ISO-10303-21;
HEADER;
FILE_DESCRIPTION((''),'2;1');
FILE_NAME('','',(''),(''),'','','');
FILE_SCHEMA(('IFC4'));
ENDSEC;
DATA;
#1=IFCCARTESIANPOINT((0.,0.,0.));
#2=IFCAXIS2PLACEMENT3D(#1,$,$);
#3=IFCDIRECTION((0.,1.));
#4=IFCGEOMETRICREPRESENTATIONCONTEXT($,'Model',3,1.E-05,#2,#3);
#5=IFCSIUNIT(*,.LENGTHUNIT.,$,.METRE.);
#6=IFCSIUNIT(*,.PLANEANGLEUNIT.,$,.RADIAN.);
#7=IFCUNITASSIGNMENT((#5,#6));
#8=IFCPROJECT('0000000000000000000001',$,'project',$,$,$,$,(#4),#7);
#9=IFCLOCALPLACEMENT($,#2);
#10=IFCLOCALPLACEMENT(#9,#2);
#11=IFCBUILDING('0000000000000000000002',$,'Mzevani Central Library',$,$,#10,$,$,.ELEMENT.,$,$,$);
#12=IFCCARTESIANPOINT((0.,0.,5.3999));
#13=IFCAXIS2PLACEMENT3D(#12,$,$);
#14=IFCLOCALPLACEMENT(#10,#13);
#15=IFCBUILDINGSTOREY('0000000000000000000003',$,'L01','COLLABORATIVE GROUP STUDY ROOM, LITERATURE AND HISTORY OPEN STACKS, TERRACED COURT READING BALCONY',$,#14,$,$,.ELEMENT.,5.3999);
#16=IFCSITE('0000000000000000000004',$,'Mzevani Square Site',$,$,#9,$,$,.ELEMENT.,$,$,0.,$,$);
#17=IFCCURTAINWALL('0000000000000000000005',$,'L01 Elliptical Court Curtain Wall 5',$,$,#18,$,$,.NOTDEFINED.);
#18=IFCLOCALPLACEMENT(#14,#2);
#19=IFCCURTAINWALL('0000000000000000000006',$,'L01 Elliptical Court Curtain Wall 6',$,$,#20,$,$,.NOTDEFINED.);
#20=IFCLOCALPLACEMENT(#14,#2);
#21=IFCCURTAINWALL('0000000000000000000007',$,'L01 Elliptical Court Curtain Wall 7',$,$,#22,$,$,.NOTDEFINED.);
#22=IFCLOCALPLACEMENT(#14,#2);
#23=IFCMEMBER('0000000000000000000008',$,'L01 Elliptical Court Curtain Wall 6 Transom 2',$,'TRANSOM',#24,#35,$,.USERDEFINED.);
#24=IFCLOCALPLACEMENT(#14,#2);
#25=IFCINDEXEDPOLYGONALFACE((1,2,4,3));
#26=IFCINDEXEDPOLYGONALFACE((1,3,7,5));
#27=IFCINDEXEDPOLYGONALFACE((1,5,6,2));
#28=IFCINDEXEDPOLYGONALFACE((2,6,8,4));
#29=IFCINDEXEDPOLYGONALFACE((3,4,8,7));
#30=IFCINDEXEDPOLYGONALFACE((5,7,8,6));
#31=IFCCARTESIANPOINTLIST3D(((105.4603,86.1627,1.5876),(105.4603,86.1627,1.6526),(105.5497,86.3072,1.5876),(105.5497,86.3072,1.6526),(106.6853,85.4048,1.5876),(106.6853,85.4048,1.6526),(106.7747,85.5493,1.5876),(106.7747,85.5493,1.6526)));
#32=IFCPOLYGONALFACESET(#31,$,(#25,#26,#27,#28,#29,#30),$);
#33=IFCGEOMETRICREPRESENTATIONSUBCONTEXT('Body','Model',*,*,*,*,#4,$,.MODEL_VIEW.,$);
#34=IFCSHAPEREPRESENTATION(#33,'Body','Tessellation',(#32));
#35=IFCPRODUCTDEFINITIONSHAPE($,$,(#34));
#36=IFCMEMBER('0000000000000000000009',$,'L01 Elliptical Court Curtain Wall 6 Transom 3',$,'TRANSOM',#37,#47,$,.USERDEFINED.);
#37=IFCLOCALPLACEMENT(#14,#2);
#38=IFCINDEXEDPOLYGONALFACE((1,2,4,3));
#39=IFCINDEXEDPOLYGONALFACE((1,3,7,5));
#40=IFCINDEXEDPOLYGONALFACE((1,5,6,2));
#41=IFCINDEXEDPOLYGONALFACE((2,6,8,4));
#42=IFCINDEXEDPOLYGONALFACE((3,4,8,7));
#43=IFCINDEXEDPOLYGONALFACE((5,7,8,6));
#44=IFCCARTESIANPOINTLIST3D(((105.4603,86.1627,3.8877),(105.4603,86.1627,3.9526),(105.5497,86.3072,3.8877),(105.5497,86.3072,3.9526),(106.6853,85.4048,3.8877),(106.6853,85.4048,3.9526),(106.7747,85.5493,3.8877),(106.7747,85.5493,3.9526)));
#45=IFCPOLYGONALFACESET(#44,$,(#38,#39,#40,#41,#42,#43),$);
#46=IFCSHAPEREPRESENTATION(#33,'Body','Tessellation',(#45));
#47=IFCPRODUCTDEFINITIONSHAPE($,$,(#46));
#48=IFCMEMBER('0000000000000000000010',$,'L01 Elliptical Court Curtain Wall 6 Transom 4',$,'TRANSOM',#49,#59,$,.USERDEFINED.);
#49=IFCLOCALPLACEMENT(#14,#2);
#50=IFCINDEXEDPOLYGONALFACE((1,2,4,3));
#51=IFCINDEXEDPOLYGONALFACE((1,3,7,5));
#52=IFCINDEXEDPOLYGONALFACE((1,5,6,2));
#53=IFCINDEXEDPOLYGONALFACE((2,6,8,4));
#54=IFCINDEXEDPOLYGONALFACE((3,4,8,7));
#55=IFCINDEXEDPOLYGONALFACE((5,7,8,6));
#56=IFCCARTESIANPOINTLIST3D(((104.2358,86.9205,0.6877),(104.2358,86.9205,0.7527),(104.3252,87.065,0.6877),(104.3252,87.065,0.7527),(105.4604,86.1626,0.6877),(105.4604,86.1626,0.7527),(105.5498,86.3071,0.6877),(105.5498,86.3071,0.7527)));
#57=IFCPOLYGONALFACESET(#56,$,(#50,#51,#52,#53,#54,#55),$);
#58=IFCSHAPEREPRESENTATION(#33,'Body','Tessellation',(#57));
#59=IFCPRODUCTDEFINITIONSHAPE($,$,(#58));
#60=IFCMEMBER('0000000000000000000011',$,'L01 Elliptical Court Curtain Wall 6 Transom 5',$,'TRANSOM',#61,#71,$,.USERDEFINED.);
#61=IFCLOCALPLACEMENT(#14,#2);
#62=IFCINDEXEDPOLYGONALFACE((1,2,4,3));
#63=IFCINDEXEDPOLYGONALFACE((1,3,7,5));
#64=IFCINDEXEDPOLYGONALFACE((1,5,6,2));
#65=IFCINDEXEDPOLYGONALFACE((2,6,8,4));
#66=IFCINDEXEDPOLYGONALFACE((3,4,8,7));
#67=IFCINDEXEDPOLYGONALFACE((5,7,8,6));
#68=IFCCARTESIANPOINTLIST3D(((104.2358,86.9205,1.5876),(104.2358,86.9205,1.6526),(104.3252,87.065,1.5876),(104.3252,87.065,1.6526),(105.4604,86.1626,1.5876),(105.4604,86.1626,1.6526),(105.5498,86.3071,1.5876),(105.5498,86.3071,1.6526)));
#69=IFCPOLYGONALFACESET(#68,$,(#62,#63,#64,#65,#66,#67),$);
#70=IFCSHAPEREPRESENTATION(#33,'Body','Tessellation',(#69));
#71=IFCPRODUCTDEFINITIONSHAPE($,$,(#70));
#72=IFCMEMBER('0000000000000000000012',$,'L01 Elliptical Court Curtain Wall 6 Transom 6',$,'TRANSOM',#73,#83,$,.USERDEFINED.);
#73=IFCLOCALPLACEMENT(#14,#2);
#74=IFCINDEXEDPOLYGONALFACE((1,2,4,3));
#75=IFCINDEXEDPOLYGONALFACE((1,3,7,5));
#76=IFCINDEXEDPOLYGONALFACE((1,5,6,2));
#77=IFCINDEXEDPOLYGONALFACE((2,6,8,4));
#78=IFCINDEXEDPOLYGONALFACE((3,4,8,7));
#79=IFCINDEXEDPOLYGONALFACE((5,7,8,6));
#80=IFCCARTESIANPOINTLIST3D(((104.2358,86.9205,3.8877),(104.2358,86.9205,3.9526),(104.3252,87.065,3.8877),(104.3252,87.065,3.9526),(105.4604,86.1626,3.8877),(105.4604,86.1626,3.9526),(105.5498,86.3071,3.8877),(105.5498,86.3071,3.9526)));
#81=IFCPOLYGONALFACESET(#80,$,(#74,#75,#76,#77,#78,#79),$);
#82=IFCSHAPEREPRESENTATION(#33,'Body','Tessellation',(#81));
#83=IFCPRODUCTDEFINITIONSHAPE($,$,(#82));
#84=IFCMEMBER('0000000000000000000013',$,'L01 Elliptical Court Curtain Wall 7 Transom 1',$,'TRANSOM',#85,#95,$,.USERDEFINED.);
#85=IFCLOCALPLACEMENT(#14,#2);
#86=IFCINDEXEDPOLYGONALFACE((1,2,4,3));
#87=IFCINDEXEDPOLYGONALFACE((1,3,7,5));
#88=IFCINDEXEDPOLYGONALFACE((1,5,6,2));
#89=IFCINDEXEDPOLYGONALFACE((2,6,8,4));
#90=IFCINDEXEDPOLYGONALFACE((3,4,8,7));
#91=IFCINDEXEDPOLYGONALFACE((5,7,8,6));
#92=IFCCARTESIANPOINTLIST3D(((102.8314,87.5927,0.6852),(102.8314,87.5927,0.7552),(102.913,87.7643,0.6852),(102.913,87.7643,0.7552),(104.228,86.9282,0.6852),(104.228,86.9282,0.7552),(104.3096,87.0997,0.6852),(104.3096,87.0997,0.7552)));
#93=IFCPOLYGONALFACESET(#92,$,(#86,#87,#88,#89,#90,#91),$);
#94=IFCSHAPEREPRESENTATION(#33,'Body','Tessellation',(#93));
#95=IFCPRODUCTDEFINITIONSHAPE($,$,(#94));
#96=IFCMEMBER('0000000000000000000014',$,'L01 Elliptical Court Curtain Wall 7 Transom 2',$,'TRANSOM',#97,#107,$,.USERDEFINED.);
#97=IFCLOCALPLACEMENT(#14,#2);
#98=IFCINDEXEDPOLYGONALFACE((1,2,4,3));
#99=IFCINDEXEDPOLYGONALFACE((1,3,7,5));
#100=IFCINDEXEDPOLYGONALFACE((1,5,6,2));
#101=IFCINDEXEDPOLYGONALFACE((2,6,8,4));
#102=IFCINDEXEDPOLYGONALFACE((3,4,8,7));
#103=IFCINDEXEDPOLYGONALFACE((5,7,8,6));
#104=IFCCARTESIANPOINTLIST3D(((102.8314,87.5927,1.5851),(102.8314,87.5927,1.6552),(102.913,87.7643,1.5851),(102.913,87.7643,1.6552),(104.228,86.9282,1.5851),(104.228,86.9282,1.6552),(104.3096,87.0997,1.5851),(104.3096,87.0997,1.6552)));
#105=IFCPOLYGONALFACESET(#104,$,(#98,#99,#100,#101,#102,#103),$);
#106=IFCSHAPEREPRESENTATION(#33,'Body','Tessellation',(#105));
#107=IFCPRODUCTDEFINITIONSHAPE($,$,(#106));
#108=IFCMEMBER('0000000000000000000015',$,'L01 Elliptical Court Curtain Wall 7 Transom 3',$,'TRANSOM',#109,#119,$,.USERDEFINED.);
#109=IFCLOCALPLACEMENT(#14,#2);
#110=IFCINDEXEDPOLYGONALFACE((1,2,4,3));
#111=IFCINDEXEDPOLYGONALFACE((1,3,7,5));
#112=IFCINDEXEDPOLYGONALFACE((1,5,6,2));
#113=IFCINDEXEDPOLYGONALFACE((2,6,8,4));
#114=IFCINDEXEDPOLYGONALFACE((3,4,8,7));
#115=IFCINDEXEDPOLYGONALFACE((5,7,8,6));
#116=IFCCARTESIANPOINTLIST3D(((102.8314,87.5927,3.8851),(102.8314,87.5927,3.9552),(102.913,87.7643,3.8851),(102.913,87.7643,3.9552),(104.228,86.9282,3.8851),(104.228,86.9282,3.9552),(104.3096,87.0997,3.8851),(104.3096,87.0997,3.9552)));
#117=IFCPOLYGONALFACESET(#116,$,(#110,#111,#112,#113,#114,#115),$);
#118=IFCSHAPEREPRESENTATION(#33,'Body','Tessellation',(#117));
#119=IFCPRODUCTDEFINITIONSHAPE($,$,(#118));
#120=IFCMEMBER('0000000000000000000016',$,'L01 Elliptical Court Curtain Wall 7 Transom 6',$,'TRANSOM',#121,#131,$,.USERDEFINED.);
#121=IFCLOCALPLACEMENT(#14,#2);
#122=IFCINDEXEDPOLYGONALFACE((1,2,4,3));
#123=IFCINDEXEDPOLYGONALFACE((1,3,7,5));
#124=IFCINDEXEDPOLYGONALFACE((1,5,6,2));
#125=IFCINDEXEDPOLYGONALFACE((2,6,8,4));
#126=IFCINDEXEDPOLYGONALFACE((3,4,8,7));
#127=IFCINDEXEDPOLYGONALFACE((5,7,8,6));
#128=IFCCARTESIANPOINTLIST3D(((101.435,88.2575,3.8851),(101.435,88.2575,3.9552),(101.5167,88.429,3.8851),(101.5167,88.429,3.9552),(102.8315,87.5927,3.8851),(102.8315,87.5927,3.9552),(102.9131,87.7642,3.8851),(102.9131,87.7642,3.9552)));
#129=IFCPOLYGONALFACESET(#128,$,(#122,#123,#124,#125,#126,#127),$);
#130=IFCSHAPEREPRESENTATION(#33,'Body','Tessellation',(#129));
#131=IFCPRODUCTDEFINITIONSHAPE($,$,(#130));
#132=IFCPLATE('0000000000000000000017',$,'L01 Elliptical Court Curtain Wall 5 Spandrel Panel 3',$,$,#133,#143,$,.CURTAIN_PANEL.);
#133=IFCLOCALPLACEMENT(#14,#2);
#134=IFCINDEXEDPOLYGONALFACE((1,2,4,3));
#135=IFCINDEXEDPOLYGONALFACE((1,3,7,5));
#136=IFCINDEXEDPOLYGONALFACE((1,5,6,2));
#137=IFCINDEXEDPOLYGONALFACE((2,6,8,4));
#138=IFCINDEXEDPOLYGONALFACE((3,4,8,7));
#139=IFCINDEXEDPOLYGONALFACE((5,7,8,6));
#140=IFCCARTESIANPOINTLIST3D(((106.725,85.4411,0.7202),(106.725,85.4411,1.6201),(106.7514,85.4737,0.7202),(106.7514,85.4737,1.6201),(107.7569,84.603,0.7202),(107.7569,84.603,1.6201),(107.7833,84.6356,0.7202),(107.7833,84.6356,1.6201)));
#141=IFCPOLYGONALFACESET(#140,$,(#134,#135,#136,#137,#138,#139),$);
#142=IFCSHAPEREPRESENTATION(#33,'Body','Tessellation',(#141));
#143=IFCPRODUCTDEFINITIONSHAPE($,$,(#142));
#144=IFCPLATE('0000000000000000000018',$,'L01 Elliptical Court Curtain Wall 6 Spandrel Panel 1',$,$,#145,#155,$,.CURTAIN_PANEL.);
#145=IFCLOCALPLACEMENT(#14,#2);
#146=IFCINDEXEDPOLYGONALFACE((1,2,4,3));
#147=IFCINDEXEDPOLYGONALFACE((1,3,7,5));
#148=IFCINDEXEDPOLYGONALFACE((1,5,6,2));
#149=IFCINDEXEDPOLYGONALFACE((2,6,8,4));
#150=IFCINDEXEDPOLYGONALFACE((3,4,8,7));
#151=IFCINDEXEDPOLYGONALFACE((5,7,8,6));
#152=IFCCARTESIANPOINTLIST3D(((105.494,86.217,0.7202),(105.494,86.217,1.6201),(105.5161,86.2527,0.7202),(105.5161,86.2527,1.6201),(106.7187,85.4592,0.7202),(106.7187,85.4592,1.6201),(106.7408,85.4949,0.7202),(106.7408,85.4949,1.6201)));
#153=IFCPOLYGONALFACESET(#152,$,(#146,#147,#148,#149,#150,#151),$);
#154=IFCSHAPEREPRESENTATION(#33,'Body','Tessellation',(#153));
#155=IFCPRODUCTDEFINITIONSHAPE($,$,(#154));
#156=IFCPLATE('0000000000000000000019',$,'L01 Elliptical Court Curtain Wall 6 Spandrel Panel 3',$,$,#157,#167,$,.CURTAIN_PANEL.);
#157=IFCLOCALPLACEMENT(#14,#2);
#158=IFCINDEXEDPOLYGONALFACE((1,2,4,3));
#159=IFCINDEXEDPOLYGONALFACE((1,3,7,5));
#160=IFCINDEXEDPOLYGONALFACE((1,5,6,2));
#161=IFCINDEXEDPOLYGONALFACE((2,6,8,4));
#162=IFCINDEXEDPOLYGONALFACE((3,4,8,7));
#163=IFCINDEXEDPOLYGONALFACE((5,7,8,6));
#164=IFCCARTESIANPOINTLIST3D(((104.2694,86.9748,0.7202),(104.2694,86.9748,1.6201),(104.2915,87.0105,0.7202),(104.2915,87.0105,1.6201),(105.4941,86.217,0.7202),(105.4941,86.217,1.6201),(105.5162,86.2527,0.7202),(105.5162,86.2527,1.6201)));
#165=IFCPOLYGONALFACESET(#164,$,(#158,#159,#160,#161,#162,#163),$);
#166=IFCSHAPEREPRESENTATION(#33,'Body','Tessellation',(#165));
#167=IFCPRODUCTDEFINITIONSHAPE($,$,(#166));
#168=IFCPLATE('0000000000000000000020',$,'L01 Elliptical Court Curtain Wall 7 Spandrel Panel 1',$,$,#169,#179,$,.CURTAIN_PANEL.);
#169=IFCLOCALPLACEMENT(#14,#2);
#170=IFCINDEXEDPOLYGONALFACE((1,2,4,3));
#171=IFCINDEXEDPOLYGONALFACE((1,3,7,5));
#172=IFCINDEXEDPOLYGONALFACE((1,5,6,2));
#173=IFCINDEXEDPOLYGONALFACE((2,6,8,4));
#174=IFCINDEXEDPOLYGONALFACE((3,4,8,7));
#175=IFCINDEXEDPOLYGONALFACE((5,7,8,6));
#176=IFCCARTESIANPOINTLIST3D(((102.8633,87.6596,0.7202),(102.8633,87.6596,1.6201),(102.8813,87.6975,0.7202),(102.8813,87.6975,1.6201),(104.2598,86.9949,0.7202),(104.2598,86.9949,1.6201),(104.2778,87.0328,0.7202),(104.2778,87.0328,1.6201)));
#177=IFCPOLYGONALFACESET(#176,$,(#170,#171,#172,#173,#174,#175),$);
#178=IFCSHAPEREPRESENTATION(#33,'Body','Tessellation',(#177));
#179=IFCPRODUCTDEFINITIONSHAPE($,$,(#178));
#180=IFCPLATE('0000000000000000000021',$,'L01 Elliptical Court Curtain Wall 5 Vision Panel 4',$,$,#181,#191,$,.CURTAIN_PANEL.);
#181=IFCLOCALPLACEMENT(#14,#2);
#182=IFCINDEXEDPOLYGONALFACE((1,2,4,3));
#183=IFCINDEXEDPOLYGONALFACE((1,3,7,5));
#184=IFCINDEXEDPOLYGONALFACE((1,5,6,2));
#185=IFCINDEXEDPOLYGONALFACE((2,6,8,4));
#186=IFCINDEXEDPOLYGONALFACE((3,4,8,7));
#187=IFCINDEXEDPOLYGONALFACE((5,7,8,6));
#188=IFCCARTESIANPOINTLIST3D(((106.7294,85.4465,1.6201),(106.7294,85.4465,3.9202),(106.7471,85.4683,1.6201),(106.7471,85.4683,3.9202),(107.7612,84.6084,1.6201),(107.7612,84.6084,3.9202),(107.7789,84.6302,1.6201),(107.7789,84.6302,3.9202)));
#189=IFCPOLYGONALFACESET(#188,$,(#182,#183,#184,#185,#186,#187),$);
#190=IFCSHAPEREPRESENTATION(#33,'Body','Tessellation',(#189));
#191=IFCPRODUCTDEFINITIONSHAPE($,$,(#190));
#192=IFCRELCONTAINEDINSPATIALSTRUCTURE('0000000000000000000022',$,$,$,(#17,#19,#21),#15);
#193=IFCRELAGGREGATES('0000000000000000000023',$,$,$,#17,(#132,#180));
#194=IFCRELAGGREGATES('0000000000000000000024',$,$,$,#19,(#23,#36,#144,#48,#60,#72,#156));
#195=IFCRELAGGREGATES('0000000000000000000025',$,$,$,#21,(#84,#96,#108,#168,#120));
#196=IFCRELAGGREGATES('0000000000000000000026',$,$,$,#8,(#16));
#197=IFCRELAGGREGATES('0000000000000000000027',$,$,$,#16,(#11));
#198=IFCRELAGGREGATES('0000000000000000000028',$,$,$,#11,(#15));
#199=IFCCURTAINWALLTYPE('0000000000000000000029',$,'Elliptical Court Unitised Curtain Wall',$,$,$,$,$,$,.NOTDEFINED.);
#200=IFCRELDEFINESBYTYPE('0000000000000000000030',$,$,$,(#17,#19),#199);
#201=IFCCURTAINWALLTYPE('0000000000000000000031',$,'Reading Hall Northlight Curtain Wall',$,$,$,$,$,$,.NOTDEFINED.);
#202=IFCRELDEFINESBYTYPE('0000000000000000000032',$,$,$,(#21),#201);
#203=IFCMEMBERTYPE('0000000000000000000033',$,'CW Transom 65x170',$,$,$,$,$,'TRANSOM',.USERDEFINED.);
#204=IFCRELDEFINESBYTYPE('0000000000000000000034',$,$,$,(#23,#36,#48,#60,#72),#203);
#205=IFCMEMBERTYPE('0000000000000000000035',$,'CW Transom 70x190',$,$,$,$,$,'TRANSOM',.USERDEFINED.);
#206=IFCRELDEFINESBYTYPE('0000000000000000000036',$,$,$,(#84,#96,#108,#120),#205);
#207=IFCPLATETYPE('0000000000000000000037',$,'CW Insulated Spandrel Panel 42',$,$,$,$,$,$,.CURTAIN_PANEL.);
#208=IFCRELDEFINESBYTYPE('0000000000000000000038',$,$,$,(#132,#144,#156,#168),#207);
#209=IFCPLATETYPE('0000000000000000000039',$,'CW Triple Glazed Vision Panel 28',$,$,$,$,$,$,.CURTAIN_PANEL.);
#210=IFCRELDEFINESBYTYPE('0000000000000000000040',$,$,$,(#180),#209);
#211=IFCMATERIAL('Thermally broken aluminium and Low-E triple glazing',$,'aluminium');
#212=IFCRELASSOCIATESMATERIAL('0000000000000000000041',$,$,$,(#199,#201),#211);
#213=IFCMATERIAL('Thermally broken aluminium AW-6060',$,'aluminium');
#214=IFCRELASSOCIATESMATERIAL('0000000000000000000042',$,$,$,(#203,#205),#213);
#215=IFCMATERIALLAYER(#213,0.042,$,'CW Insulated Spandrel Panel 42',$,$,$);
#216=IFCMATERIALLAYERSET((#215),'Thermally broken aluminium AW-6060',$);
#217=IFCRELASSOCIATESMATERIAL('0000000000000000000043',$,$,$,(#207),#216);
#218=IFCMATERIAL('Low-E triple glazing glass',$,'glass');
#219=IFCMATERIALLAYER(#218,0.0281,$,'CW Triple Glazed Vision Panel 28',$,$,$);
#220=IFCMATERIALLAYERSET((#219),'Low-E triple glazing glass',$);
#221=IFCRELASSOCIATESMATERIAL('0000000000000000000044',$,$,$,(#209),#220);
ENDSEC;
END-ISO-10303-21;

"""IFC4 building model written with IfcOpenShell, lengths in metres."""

from ifc_helpers import new_model, si_unit, direction, frame, origin, origin_2d, place, context, subcontext, project, spatial, rectangle, extrude, material, layer, layer_set, material_profile, profile_set, type_object, element, aggregate, save


model = new_model("IFC4")

# Units and contexts
model_context = context("Model", 3, precision=1e-05, world=origin(), true_north=direction((0.0, 1.0)))
body_context = subcontext(model_context, "Body", "Model", "MODEL_VIEW")
ifc_project = project(units=[si_unit("LENGTHUNIT", "METRE"), si_unit("PLANEANGLEUNIT", "RADIAN")], contexts=[model_context])

# Site, building, storey
site_placement = place(None, origin())
site = spatial("IfcSite", under=ifc_project, at=site_placement, Name="Mzevani Square Site", CompositionType="ELEMENT", RefElevation=0.0)
building_placement = place(site_placement, origin())
building = spatial("IfcBuilding", under=site, at=building_placement, Name="Mzevani Central Library", CompositionType="ELEMENT")
storey_placement = place(building_placement, frame((0.0, 0.0, 5.3999)))
storey = spatial("IfcBuildingStorey", under=building, at=storey_placement, Name="L01", Description="COLLABORATIVE GROUP STUDY ROOM, LITERATURE AND HISTORY OPEN STACKS, TERRACED COURT READING BALCONY", CompositionType="ELEMENT", Elevation=5.3999)

# Curtain walls
ifc_material_1 = material(Name="Thermally broken aluminium and Low-E triple glazing", Category="aluminium")
curtain_wall_type_1 = type_object("IfcCurtainWallType", Name="Elliptical Court Unitised Curtain Wall", PredefinedType="NOTDEFINED", material=ifc_material_1)
curtain_wall_1_placement = place(storey_placement, origin())
curtain_wall_1 = element("IfcCurtainWall", 1, at=curtain_wall_1_placement, inside=storey, type_object=curtain_wall_type_1, Name="L01 Elliptical Court Curtain Wall 5", PredefinedType="NOTDEFINED")
ifc_material_2 = material(Name="Thermally broken aluminium AW-6060", Category="aluminium")
curtain_wall_2_placement = place(storey_placement, origin())
curtain_wall_2 = element("IfcCurtainWall", 2, at=curtain_wall_2_placement, inside=storey, type_object=curtain_wall_type_1, Name="L01 Elliptical Court Curtain Wall 6", PredefinedType="NOTDEFINED")

# Curtain wall
curtain_wall_type_2 = type_object("IfcCurtainWallType", Name="Reading Hall Northlight Curtain Wall", PredefinedType="NOTDEFINED", material=ifc_material_1)
curtain_wall_3_placement = place(storey_placement, origin())
curtain_wall_3 = element("IfcCurtainWall", 3, at=curtain_wall_3_placement, inside=storey, type_object=curtain_wall_type_2, Name="L01 Elliptical Court Curtain Wall 7", PredefinedType="NOTDEFINED")

# Members
ifc_material_profile_1 = material_profile(ifc_material_2, rectangle(XDim=0.1699, YDim=0.0649, at=origin_2d()), Name="ALU T65x170")
ifc_profile_set_1 = profile_set([ifc_material_profile_1], Name="Thermally broken aluminium AW-6060")
member_type_1 = type_object("IfcMemberType", Name="CW Transom 65x170", ElementType="TRANSOM", PredefinedType="USERDEFINED", material=ifc_profile_set_1)
member_1_placement = place(storey_placement, frame((106.73, 85.4771, 1.6201), z_axis=(-0.850399, 0.526139, 0.0), x_axis=(-0.526139, -0.850399, 0.0)))
member_1 = element("IfcMember", 4, at=member_1_placement, type_object=member_type_1, Name="L01 Elliptical Court Curtain Wall 6 Transom 2", ObjectType="TRANSOM", PredefinedType="USERDEFINED", context=body_context, shape_type="SweptSolid", body=[
    extrude(rectangle(XDim=0.1699, YDim=0.0649, at=origin_2d()), origin(), (0.0, 0.0, 1.0), 1.4404),
])
member_2_placement = place(storey_placement, frame((106.73, 85.4771, 3.9202), z_axis=(-0.850399, 0.526139, 0.0), x_axis=(-0.526139, -0.850399, 0.0)))
member_2 = element("IfcMember", 5, at=member_2_placement, type_object=member_type_1, Name="L01 Elliptical Court Curtain Wall 6 Transom 3", ObjectType="TRANSOM", PredefinedType="USERDEFINED", context=body_context, shape_type="SweptSolid", body=[
    extrude(rectangle(XDim=0.1699, YDim=0.0649, at=origin_2d()), origin(), (0.0, 0.0, 1.0), 1.4404),
])
member_3_placement = place(storey_placement, frame((105.5051, 86.2349, 0.7202), z_axis=(-0.850352, 0.526215, 0.0), x_axis=(-0.526215, -0.850352, 0.0)))
member_3 = element("IfcMember", 6, at=member_3_placement, type_object=member_type_1, Name="L01 Elliptical Court Curtain Wall 6 Transom 4", ObjectType="TRANSOM", PredefinedType="USERDEFINED", context=body_context, shape_type="SweptSolid", body=[
    extrude(rectangle(XDim=0.1699, YDim=0.0649, at=origin_2d()), origin(), (0.0, 0.0, 1.0), 1.4402),
])
member_4_placement = place(storey_placement, frame((105.5051, 86.2349, 1.6201), z_axis=(-0.850352, 0.526215, 0.0), x_axis=(-0.526215, -0.850352, 0.0)))
member_4 = element("IfcMember", 7, at=member_4_placement, type_object=member_type_1, Name="L01 Elliptical Court Curtain Wall 6 Transom 5", ObjectType="TRANSOM", PredefinedType="USERDEFINED", context=body_context, shape_type="SweptSolid", body=[
    extrude(rectangle(XDim=0.1699, YDim=0.0649, at=origin_2d()), origin(), (0.0, 0.0, 1.0), 1.4402),
])
member_5_placement = place(storey_placement, frame((105.5051, 86.2349, 3.9202), z_axis=(-0.850352, 0.526215, 0.0), x_axis=(-0.526215, -0.850352, 0.0)))
member_5 = element("IfcMember", 8, at=member_5_placement, type_object=member_type_1, Name="L01 Elliptical Court Curtain Wall 6 Transom 6", ObjectType="TRANSOM", PredefinedType="USERDEFINED", context=body_context, shape_type="SweptSolid", body=[
    extrude(rectangle(XDim=0.1699, YDim=0.0649, at=origin_2d()), origin(), (0.0, 0.0, 1.0), 1.4402),
])
ifc_material_profile_2 = material_profile(ifc_material_2, rectangle(XDim=0.1899, YDim=0.0701, at=origin_2d()), Name="ALU T70x190")
ifc_profile_set_2 = profile_set([ifc_material_profile_2], Name="Thermally broken aluminium AW-6060")
member_type_2 = type_object("IfcMemberType", Name="CW Transom 70x190", ElementType="TRANSOM", PredefinedType="USERDEFINED", material=ifc_profile_set_2)
member_6_placement = place(storey_placement, frame((104.2688, 87.0139, 0.7202), z_axis=(-0.902971, 0.429701, 0.0), x_axis=(-0.429701, -0.902971, 0.0)))
member_6 = element("IfcMember", 9, at=member_6_placement, type_object=member_type_2, Name="L01 Elliptical Court Curtain Wall 7 Transom 1", ObjectType="TRANSOM", PredefinedType="USERDEFINED", context=body_context, shape_type="SweptSolid", body=[
    extrude(rectangle(XDim=0.1899, YDim=0.0701, at=origin_2d()), origin(), (0.0, 0.0, 1.0), 1.5466),
])
member_7_placement = place(storey_placement, frame((104.2688, 87.0139, 1.6201), z_axis=(-0.902971, 0.429701, 0.0), x_axis=(-0.429701, -0.902971, 0.0)))
member_7 = element("IfcMember", 10, at=member_7_placement, type_object=member_type_2, Name="L01 Elliptical Court Curtain Wall 7 Transom 2", ObjectType="TRANSOM", PredefinedType="USERDEFINED", context=body_context, shape_type="SweptSolid", body=[
    extrude(rectangle(XDim=0.1899, YDim=0.0701, at=origin_2d()), origin(), (0.0, 0.0, 1.0), 1.5466),
])
member_8_placement = place(storey_placement, frame((104.2688, 87.0139, 3.9202), z_axis=(-0.902971, 0.429701, 0.0), x_axis=(-0.429701, -0.902971, 0.0)))
member_8 = element("IfcMember", 11, at=member_8_placement, type_object=member_type_2, Name="L01 Elliptical Court Curtain Wall 7 Transom 3", ObjectType="TRANSOM", PredefinedType="USERDEFINED", context=body_context, shape_type="SweptSolid", body=[
    extrude(rectangle(XDim=0.1899, YDim=0.0701, at=origin_2d()), origin(), (0.0, 0.0, 1.0), 1.5466),
])
member_9_placement = place(storey_placement, frame((102.8723, 87.6785, 3.9202), z_axis=(-0.90291, 0.429829, 0.0), x_axis=(-0.429829, -0.90291, 0.0)))
member_9 = element("IfcMember", 12, at=member_9_placement, type_object=member_type_2, Name="L01 Elliptical Court Curtain Wall 7 Transom 6", ObjectType="TRANSOM", PredefinedType="USERDEFINED", context=body_context, shape_type="SweptSolid", body=[
    extrude(rectangle(XDim=0.1899, YDim=0.0701, at=origin_2d()), origin(), (0.0, 0.0, 1.0), 1.5466),
])

# Plates
ifc_layer_1 = layer(ifc_material_2, 0.042, Name="CW Insulated Spandrel Panel 42")
ifc_layer_set_1 = layer_set([ifc_layer_1], Name="Thermally broken aluminium AW-6060")
plate_type_1 = type_object("IfcPlateType", Name="CW Insulated Spandrel Panel 42", PredefinedType="CURTAIN_PANEL", material=ifc_layer_set_1)
plate_1_placement = place(storey_placement, frame((107.2542, 85.0383, 0.7202), z_axis=(0.0, 0.0, 1.0), x_axis=(-0.776231, 0.630448, 0.0)))
plate_1 = element("IfcPlate", 13, at=plate_1_placement, type_object=plate_type_1, Name="L01 Elliptical Court Curtain Wall 5 Spandrel Panel 3", PredefinedType="CURTAIN_PANEL", context=body_context, shape_type="SweptSolid", body=[
    extrude(rectangle(XDim=1.3293, YDim=0.042, at=origin_2d()), origin(), (0.0, 0.0, 1.0), 0.8999),
])
plate_2_placement = place(storey_placement, frame((106.1174, 85.856, 0.7202), z_axis=(0.0, 0.0, 1.0), x_axis=(-0.850358, 0.526205, 0.0)))
plate_2 = element("IfcPlate", 14, at=plate_2_placement, type_object=plate_type_1, Name="L01 Elliptical Court Curtain Wall 6 Spandrel Panel 1", PredefinedType="CURTAIN_PANEL", context=body_context, shape_type="SweptSolid", body=[
    extrude(rectangle(XDim=1.4402, YDim=0.042, at=origin_2d()), origin(), (0.0, 0.0, 1.0), 0.8999),
])
plate_3_placement = place(storey_placement, frame((104.8928, 86.6138, 0.7202), z_axis=(0.0, 0.0, 1.0), x_axis=(-0.850358, 0.526205, 0.0)))
plate_3 = element("IfcPlate", 15, at=plate_3_placement, type_object=plate_type_1, Name="L01 Elliptical Court Curtain Wall 6 Spandrel Panel 3", PredefinedType="CURTAIN_PANEL", context=body_context, shape_type="SweptSolid", body=[
    extrude(rectangle(XDim=1.4402, YDim=0.042, at=origin_2d()), origin(), (0.0, 0.0, 1.0), 0.8999),
])
plate_4_placement = place(storey_placement, frame((103.5706, 87.3462, 0.7202), z_axis=(0.0, 0.0, 1.0), x_axis=(-0.902949, 0.429748, 0.0)))
plate_4 = element("IfcPlate", 16, at=plate_4_placement, type_object=plate_type_1, Name="L01 Elliptical Court Curtain Wall 7 Spandrel Panel 1", PredefinedType="CURTAIN_PANEL", context=body_context, shape_type="SweptSolid", body=[
    extrude(rectangle(XDim=1.5466, YDim=0.042, at=origin_2d()), origin(), (0.0, 0.0, 1.0), 0.8999),
])
ifc_material_3 = material(Name="Low-E triple glazing glass", Category="glass")
ifc_layer_2 = layer(ifc_material_3, 0.0281, Name="CW Triple Glazed Vision Panel 28")
ifc_layer_set_2 = layer_set([ifc_layer_2], Name="Low-E triple glazing glass")
plate_type_2 = type_object("IfcPlateType", Name="CW Triple Glazed Vision Panel 28", PredefinedType="CURTAIN_PANEL", material=ifc_layer_set_2)
plate_5_placement = place(storey_placement, frame((107.2542, 85.0383, 1.6201), z_axis=(0.0, 0.0, 1.0), x_axis=(-0.776231, 0.630448, 0.0)))
plate_5 = element("IfcPlate", 17, at=plate_5_placement, type_object=plate_type_2, Name="L01 Elliptical Court Curtain Wall 5 Vision Panel 4", PredefinedType="CURTAIN_PANEL", context=body_context, shape_type="SweptSolid", body=[
    extrude(rectangle(XDim=1.3293, YDim=0.0281, at=origin_2d()), origin(), (0.0, 0.0, 1.0), 2.3),
])
aggregate(curtain_wall_1, [plate_1, plate_5])
aggregate(curtain_wall_2, [member_1, member_2, plate_2, member_3, member_4, member_5, plate_3])
aggregate(curtain_wall_3, [member_6, member_7, member_8, plate_4, member_9])

save(model, "model.ifc")
